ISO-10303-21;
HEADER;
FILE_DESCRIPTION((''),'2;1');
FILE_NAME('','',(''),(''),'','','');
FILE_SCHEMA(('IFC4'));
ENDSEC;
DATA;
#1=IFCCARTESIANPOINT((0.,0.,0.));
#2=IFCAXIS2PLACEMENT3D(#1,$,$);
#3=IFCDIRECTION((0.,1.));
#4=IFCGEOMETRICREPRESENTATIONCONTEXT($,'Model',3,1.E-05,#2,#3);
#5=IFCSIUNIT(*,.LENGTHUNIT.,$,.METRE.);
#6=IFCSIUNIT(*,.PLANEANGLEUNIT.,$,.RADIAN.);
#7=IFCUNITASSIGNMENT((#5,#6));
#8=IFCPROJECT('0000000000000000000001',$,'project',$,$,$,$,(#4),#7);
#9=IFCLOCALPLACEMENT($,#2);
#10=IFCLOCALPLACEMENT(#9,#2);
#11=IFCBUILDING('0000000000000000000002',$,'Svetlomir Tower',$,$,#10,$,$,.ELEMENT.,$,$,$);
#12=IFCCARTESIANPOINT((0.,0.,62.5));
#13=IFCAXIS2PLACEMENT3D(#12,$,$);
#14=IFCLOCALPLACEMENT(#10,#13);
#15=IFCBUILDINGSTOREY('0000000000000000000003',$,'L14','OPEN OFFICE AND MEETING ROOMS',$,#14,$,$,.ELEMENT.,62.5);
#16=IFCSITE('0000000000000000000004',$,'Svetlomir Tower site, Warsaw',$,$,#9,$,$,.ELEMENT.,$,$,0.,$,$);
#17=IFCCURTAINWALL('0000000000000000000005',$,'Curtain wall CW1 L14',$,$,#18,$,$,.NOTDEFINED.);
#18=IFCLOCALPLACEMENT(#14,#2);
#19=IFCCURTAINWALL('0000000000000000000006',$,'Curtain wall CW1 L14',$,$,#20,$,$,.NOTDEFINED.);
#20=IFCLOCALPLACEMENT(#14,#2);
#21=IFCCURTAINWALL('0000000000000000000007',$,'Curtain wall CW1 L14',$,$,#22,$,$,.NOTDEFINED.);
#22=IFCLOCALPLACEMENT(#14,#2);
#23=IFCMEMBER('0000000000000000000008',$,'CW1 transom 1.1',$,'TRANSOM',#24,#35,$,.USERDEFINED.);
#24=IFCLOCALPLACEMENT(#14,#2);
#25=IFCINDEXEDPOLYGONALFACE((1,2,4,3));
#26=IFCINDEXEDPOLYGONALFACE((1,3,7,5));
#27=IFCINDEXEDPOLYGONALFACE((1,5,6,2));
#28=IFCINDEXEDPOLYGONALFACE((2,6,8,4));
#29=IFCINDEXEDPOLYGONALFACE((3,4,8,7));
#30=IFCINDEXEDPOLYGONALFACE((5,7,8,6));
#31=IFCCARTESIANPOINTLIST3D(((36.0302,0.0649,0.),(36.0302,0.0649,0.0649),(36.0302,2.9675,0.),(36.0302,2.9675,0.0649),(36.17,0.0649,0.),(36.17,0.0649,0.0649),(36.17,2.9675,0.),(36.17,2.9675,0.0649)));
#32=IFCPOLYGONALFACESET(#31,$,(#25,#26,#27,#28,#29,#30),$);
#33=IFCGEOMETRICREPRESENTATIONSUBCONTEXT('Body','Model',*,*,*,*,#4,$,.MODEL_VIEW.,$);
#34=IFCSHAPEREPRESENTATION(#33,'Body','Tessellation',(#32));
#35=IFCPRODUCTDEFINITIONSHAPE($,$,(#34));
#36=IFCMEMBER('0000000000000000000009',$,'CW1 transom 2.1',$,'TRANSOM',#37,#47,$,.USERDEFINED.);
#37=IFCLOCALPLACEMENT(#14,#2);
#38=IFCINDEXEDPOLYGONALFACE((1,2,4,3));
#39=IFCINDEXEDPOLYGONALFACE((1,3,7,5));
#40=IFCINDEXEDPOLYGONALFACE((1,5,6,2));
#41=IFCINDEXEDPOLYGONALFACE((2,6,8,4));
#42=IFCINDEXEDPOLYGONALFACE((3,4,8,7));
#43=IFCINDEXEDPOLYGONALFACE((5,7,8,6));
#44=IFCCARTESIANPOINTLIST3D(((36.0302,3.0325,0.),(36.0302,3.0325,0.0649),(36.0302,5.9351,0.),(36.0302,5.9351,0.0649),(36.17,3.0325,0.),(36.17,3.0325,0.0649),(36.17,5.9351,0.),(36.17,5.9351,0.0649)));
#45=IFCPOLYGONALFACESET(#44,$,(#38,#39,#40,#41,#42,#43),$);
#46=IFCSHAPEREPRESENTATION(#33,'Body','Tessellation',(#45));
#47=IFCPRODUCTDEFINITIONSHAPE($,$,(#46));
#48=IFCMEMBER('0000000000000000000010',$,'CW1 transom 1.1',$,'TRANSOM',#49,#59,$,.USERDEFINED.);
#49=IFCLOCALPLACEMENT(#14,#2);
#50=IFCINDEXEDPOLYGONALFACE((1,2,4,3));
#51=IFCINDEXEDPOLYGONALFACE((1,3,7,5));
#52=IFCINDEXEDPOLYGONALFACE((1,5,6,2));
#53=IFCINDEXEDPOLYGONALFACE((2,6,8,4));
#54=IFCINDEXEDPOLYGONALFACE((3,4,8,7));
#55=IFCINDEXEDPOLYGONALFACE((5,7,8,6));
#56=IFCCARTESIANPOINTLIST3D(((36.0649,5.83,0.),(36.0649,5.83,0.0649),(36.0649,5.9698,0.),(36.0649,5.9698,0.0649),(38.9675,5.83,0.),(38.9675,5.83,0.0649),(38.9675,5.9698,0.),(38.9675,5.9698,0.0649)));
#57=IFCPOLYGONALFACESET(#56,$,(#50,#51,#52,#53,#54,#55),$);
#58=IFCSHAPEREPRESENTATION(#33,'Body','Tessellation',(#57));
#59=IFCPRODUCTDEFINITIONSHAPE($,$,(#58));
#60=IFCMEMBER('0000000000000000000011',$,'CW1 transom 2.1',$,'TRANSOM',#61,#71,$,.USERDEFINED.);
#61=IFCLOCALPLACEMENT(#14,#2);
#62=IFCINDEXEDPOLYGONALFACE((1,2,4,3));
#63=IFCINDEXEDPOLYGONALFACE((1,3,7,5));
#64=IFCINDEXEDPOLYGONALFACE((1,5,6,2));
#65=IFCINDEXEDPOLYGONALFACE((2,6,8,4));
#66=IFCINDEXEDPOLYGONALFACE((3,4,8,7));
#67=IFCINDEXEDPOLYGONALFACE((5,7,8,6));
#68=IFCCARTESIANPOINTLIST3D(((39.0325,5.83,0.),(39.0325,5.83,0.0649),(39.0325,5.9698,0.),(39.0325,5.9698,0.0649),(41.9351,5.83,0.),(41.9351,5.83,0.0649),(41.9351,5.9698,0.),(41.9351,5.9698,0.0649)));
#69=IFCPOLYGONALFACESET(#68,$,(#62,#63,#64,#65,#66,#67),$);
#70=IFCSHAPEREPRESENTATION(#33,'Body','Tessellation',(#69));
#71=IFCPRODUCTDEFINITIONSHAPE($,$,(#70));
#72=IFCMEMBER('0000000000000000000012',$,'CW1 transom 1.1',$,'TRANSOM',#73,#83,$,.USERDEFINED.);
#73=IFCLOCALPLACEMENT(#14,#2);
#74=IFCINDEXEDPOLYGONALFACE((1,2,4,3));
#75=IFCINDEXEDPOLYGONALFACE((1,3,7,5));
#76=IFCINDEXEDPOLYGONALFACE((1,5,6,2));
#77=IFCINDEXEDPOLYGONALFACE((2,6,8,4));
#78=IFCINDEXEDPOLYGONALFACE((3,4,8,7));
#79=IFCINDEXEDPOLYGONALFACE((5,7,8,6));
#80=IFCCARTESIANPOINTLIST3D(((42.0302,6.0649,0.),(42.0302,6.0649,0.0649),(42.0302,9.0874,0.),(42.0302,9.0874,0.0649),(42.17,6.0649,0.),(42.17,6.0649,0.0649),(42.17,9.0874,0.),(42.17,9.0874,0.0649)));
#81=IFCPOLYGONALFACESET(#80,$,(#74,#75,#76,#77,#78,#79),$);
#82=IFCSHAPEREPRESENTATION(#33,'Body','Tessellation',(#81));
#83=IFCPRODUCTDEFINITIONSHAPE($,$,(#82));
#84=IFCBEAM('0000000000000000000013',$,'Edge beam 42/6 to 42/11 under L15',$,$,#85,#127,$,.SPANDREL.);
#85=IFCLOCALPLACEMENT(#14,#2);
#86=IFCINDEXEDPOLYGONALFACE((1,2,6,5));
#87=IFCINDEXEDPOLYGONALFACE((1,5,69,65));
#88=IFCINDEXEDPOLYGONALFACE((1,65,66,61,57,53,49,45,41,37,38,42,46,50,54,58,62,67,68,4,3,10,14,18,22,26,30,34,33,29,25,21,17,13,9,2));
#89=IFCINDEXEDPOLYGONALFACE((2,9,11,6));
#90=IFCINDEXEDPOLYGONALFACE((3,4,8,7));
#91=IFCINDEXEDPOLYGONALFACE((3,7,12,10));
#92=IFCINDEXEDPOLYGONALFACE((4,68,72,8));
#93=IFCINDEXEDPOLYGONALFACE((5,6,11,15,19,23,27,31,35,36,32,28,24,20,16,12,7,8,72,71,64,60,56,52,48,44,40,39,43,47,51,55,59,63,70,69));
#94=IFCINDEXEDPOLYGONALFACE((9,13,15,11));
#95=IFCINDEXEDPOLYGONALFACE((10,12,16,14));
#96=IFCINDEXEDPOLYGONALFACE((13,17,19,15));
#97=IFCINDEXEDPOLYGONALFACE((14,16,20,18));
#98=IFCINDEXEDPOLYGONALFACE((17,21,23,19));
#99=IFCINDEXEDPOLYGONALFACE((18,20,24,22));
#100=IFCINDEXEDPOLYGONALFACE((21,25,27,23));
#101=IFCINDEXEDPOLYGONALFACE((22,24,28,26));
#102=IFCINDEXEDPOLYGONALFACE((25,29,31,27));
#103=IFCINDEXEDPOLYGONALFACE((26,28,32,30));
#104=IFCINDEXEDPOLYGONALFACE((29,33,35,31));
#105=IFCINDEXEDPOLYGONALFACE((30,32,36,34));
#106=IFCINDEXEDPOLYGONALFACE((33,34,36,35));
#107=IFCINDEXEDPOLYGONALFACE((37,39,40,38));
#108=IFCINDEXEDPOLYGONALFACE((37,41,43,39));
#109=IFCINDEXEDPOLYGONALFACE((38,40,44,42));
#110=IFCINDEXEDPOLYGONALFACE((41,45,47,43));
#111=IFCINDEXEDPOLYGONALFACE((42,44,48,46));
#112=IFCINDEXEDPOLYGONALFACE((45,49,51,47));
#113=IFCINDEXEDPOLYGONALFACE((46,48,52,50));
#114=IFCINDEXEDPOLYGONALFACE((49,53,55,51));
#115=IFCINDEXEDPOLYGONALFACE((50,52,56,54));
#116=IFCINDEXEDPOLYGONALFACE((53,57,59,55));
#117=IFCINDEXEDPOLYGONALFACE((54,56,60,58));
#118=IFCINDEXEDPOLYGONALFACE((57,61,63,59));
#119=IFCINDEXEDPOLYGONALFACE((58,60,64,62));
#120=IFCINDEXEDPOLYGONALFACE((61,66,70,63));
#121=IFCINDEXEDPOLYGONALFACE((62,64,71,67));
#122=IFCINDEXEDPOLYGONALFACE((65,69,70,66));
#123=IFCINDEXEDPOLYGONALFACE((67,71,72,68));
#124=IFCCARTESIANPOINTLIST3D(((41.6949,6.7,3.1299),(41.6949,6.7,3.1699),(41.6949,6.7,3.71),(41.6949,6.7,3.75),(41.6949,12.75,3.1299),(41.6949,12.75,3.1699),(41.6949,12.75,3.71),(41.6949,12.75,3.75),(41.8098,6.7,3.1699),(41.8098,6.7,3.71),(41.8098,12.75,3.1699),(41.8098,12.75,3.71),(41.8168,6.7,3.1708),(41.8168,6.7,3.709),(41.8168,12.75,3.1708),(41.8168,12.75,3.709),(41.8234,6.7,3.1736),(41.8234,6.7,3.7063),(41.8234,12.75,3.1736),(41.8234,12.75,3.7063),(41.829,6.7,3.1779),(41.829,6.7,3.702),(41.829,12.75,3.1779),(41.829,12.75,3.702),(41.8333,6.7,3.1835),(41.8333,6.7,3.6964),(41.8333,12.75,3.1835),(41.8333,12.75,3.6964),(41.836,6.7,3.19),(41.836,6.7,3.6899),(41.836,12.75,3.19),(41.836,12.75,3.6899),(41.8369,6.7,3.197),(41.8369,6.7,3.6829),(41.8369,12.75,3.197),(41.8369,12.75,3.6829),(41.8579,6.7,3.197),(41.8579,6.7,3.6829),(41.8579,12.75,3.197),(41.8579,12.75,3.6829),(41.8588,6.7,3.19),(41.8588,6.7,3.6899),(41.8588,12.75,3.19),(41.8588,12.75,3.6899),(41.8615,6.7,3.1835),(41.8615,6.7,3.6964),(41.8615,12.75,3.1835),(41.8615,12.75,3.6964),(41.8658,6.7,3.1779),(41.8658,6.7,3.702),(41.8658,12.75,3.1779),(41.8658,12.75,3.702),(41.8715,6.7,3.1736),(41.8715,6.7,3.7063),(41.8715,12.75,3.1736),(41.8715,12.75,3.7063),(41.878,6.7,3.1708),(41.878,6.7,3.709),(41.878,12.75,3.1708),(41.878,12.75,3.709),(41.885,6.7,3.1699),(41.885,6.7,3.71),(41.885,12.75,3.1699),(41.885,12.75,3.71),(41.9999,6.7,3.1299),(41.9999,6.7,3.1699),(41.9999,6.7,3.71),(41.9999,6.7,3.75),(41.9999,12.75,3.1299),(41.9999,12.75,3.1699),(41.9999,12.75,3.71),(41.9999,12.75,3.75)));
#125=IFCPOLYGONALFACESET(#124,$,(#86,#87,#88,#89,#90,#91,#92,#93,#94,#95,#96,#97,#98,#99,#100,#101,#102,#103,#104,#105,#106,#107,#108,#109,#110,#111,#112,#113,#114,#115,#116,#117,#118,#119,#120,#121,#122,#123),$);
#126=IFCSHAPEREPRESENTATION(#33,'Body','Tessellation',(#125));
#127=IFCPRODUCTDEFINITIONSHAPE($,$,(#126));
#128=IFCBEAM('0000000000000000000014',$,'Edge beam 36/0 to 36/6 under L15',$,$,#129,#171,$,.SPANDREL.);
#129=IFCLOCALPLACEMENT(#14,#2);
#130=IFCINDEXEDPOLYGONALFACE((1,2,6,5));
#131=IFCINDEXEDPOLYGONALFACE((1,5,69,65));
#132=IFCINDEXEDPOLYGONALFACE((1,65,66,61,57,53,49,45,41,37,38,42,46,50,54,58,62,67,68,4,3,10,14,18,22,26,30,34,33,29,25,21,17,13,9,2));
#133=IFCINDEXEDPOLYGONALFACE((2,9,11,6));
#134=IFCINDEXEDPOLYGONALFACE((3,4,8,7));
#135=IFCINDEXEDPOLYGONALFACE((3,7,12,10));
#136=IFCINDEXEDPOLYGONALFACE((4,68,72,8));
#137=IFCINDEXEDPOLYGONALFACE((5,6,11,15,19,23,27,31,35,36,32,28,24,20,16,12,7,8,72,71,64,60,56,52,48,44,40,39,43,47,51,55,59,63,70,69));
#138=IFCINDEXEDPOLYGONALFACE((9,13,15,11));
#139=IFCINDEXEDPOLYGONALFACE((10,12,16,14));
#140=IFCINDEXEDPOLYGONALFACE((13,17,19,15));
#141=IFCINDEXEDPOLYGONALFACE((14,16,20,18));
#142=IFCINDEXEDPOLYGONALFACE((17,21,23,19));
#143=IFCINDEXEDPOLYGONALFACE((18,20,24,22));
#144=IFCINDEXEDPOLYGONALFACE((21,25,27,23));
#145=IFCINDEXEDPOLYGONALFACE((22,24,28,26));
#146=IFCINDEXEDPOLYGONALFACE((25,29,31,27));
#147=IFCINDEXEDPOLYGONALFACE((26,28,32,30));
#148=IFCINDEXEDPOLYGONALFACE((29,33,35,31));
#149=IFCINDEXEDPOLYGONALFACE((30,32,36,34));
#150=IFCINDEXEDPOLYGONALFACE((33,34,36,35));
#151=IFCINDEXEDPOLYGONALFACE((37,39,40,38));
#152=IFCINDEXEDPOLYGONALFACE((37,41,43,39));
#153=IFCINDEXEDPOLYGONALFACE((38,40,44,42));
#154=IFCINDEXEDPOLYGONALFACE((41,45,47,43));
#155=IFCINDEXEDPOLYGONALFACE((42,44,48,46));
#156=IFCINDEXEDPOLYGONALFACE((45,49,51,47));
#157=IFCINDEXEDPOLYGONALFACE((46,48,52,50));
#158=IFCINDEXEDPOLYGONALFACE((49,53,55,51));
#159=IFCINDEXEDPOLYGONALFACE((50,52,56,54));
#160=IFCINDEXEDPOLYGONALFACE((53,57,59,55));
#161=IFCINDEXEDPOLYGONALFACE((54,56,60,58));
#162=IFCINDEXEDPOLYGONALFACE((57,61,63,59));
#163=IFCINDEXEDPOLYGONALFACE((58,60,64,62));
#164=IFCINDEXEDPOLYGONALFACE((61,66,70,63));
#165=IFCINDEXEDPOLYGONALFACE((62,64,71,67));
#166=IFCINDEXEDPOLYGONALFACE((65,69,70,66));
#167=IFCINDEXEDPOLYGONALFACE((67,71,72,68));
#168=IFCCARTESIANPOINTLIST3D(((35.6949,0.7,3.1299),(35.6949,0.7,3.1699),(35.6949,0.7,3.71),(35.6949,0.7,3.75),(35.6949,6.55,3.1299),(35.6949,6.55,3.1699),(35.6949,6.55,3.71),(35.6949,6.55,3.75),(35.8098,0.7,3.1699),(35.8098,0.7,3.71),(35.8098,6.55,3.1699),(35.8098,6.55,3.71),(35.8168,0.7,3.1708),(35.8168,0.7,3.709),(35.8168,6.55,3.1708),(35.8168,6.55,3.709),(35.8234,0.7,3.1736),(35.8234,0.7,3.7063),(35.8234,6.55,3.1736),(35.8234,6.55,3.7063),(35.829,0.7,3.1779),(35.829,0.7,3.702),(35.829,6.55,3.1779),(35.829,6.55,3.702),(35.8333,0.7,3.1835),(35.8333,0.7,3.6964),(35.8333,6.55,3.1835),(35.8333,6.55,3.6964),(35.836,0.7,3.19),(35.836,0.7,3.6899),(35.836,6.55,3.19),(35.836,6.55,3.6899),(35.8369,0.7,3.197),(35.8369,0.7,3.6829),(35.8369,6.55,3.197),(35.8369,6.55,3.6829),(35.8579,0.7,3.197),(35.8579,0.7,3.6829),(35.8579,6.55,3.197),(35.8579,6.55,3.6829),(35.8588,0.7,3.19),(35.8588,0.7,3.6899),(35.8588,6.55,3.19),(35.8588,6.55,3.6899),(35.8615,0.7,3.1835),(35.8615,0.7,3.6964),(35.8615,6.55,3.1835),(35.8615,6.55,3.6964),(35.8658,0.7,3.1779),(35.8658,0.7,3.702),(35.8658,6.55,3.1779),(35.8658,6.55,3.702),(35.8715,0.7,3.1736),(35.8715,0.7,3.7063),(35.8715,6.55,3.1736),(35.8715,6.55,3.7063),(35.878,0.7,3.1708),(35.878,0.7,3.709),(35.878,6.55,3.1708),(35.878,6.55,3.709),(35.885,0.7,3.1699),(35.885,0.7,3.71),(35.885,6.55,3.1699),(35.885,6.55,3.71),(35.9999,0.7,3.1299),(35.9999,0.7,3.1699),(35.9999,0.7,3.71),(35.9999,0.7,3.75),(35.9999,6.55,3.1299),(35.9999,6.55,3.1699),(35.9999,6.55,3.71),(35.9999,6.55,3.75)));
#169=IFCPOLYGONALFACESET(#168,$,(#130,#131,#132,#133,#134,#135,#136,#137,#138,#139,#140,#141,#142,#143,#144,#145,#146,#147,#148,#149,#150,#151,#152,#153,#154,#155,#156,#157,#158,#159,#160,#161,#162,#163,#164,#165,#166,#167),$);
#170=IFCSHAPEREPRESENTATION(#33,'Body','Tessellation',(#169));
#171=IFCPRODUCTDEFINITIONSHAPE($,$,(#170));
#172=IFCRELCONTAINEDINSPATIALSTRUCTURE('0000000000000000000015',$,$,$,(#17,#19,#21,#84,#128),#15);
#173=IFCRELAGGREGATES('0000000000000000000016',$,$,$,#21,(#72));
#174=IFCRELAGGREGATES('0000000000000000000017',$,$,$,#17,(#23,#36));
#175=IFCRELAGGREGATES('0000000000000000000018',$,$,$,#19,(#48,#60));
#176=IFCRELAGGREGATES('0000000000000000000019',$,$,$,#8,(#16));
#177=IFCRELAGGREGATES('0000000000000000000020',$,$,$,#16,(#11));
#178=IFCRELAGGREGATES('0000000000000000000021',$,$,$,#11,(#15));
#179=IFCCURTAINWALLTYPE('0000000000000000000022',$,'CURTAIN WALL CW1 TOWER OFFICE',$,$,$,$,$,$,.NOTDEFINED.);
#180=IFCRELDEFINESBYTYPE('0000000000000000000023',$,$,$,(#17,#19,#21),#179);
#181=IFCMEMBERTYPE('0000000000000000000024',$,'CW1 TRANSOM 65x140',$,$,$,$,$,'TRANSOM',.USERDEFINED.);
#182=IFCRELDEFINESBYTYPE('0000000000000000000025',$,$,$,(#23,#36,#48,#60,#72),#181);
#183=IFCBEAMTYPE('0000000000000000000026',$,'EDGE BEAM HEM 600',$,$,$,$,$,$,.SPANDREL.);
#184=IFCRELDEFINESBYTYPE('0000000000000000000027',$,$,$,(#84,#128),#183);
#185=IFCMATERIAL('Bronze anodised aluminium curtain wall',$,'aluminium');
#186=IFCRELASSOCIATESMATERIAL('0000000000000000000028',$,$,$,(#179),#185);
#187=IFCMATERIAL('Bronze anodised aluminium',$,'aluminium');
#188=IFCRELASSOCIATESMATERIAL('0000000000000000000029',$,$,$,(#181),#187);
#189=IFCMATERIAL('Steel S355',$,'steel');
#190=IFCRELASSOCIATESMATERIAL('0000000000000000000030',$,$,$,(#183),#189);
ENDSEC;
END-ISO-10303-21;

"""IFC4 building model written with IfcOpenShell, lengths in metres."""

from ifc_helpers import new_model, si_unit, direction, frame, origin, origin_2d, place, context, subcontext, project, spatial, rectangle, i_section, extrude, material, material_profile, profile_set, type_object, element, aggregate, save


model = new_model("IFC4")

# Units and contexts
model_context = context("Model", 3, precision=1e-05, world=origin(), true_north=direction((0.0, 1.0)))
body_context = subcontext(model_context, "Body", "Model", "MODEL_VIEW")
ifc_project = project(units=[si_unit("LENGTHUNIT", "METRE"), si_unit("PLANEANGLEUNIT", "RADIAN")], contexts=[model_context])

# Site, building, storey
site_placement = place(None, origin())
site = spatial("IfcSite", under=ifc_project, at=site_placement, Name="Svetlomir Tower site, Warsaw", CompositionType="ELEMENT", RefElevation=0.0)
building_placement = place(site_placement, origin())
building = spatial("IfcBuilding", under=site, at=building_placement, Name="Svetlomir Tower", CompositionType="ELEMENT")
storey_placement = place(building_placement, frame((0.0, 0.0, 62.5)))
storey = spatial("IfcBuildingStorey", under=building, at=storey_placement, Name="L14", Description="OPEN OFFICE AND MEETING ROOMS", CompositionType="ELEMENT", Elevation=62.5)

# Curtain walls
ifc_material_1 = material(Name="Bronze anodised aluminium curtain wall", Category="aluminium")
curtain_wall_type = type_object("IfcCurtainWallType", Name="CURTAIN WALL CW1 TOWER OFFICE", PredefinedType="NOTDEFINED", material=ifc_material_1)
curtain_wall_1_placement = place(storey_placement, origin())
curtain_wall_1 = element("IfcCurtainWall", 1, at=curtain_wall_1_placement, inside=storey, type_object=curtain_wall_type, Name="Curtain wall CW1 L14", PredefinedType="NOTDEFINED")
curtain_wall_2_placement = place(storey_placement, origin())
curtain_wall_2 = element("IfcCurtainWall", 2, at=curtain_wall_2_placement, inside=storey, type_object=curtain_wall_type, Name="Curtain wall CW1 L14", PredefinedType="NOTDEFINED")

# Curtain wall
curtain_wall_3_placement = place(storey_placement, origin())
curtain_wall_3 = element("IfcCurtainWall", 3, at=curtain_wall_3_placement, inside=storey, type_object=curtain_wall_type, Name="Curtain wall CW1 L14", PredefinedType="NOTDEFINED")

# Members
ifc_material_2 = material(Name="Bronze anodised aluminium", Category="aluminium")
ifc_material_profile_1 = material_profile(ifc_material_2, rectangle(XDim=0.1399, YDim=0.0649, at=origin_2d()), Name="AL 140x65")
ifc_profile_set_1 = profile_set([ifc_material_profile_1], Name="Bronze anodised aluminium 6063-T6")
member_type_1 = type_object("IfcMemberType", Name="CW1 TRANSOM 65x140", ElementType="TRANSOM", PredefinedType="USERDEFINED", material=ifc_profile_set_1)
member_1_placement = place(storey_placement, frame((36.1001, 0.0649, 0.0325), z_axis=(0.0, 1.0, 0.0), x_axis=(-1.0, 0.0, 0.0)))
member_1 = element("IfcMember", 4, at=member_1_placement, type_object=member_type_1, Name="CW1 transom 1.1", ObjectType="TRANSOM", PredefinedType="USERDEFINED", context=body_context, shape_type="SweptSolid", body=[
    extrude(rectangle(XDim=0.1399, YDim=0.0649, at=origin_2d()), origin(), (0.0, 0.0, 1.0), 2.9026),
])
member_2_placement = place(storey_placement, frame((36.1001, 3.0325, 0.0325), z_axis=(0.0, 1.0, 0.0), x_axis=(-1.0, 0.0, 0.0)))
member_2 = element("IfcMember", 5, at=member_2_placement, type_object=member_type_1, Name="CW1 transom 2.1", ObjectType="TRANSOM", PredefinedType="USERDEFINED", context=body_context, shape_type="SweptSolid", body=[
    extrude(rectangle(XDim=0.1399, YDim=0.0649, at=origin_2d()), origin(), (0.0, 0.0, 1.0), 2.9026),
])
member_3_placement = place(storey_placement, frame((36.0649, 5.8999, 0.0325), z_axis=(1.0, 0.0, 0.0), x_axis=(0.0, 1.0, 0.0)))
member_3 = element("IfcMember", 6, at=member_3_placement, type_object=member_type_1, Name="CW1 transom 1.1", ObjectType="TRANSOM", PredefinedType="USERDEFINED", context=body_context, shape_type="SweptSolid", body=[
    extrude(rectangle(XDim=0.1399, YDim=0.0649, at=origin_2d()), origin(), (0.0, 0.0, 1.0), 2.9026),
])
member_4_placement = place(storey_placement, frame((39.0325, 5.8999, 0.0325), z_axis=(1.0, 0.0, 0.0), x_axis=(0.0, 1.0, 0.0)))
member_4 = element("IfcMember", 7, at=member_4_placement, type_object=member_type_1, Name="CW1 transom 2.1", ObjectType="TRANSOM", PredefinedType="USERDEFINED", context=body_context, shape_type="SweptSolid", body=[
    extrude(rectangle(XDim=0.1399, YDim=0.0649, at=origin_2d()), origin(), (0.0, 0.0, 1.0), 2.9026),
])
member_5_placement = place(storey_placement, frame((42.1001, 6.0649, 0.0325), z_axis=(0.0, 1.0, 0.0), x_axis=(-1.0, 0.0, 0.0)))
member_5 = element("IfcMember", 8, at=member_5_placement, type_object=member_type_1, Name="CW1 transom 1.1", ObjectType="TRANSOM", PredefinedType="USERDEFINED", context=body_context, shape_type="SweptSolid", body=[
    extrude(rectangle(XDim=0.1399, YDim=0.0649, at=origin_2d()), origin(), (0.0, 0.0, 1.0), 3.0225),
])
aggregate(curtain_wall_3, [member_5])

# Beams
ifc_material_3 = material(Name="Steel S355", Category="steel")
ifc_material_profile_2 = material_profile(ifc_material_3, i_section(OverallWidth=0.3049, OverallDepth=0.6201, WebThickness=0.021, FlangeThickness=0.04, FilletRadius=0.0271, at=origin_2d()), Name="HEM 600")
ifc_profile_set_2 = profile_set([ifc_material_profile_2], Name="Steel S355")
beam_type = type_object("IfcBeamType", Name="EDGE BEAM HEM 600", PredefinedType="SPANDREL", material=ifc_profile_set_2)
beam_placement = place(storey_placement, frame((41.8474, 6.7, 3.4399), z_axis=(0.0, 1.0, 0.0), x_axis=(-1.0, 0.0, 0.0)))
element("IfcBeam", 9, at=beam_placement, inside=storey, type_object=beam_type, Name="Edge beam 42/6 to 42/11 under L15", PredefinedType="SPANDREL", context=body_context, shape_type="SweptSolid", body=[
    extrude(i_section(OverallWidth=0.3049, OverallDepth=0.6201, WebThickness=0.021, FlangeThickness=0.04, FilletRadius=0.0271, at=origin_2d()), origin(), (0.0, 0.0, 1.0), 6.05),
])
for number, where, z_axis, x_axis, name in (
    (10, (35.8474, 0.7, 3.4399), (0.0, 1.0, 0.0), (-1.0, 0.0, 0.0), "Edge beam 36/0 to 36/6 under L15"),
):
    element("IfcBeam", number, at=place(storey_placement, frame(where, z_axis=z_axis, x_axis=x_axis)), inside=storey, type_object=beam_type, Name=name, PredefinedType="SPANDREL", context=body_context, shape_type="SweptSolid", body=[
        extrude(i_section(OverallWidth=0.3049, OverallDepth=0.6201, WebThickness=0.021, FlangeThickness=0.04, FilletRadius=0.0271, at=origin_2d()), origin(), (0.0, 0.0, 1.0), 5.8501),
    ])

aggregate(curtain_wall_1, [member_1, member_2])
aggregate(curtain_wall_2, [member_3, member_4])

save(model, "model.ifc")
